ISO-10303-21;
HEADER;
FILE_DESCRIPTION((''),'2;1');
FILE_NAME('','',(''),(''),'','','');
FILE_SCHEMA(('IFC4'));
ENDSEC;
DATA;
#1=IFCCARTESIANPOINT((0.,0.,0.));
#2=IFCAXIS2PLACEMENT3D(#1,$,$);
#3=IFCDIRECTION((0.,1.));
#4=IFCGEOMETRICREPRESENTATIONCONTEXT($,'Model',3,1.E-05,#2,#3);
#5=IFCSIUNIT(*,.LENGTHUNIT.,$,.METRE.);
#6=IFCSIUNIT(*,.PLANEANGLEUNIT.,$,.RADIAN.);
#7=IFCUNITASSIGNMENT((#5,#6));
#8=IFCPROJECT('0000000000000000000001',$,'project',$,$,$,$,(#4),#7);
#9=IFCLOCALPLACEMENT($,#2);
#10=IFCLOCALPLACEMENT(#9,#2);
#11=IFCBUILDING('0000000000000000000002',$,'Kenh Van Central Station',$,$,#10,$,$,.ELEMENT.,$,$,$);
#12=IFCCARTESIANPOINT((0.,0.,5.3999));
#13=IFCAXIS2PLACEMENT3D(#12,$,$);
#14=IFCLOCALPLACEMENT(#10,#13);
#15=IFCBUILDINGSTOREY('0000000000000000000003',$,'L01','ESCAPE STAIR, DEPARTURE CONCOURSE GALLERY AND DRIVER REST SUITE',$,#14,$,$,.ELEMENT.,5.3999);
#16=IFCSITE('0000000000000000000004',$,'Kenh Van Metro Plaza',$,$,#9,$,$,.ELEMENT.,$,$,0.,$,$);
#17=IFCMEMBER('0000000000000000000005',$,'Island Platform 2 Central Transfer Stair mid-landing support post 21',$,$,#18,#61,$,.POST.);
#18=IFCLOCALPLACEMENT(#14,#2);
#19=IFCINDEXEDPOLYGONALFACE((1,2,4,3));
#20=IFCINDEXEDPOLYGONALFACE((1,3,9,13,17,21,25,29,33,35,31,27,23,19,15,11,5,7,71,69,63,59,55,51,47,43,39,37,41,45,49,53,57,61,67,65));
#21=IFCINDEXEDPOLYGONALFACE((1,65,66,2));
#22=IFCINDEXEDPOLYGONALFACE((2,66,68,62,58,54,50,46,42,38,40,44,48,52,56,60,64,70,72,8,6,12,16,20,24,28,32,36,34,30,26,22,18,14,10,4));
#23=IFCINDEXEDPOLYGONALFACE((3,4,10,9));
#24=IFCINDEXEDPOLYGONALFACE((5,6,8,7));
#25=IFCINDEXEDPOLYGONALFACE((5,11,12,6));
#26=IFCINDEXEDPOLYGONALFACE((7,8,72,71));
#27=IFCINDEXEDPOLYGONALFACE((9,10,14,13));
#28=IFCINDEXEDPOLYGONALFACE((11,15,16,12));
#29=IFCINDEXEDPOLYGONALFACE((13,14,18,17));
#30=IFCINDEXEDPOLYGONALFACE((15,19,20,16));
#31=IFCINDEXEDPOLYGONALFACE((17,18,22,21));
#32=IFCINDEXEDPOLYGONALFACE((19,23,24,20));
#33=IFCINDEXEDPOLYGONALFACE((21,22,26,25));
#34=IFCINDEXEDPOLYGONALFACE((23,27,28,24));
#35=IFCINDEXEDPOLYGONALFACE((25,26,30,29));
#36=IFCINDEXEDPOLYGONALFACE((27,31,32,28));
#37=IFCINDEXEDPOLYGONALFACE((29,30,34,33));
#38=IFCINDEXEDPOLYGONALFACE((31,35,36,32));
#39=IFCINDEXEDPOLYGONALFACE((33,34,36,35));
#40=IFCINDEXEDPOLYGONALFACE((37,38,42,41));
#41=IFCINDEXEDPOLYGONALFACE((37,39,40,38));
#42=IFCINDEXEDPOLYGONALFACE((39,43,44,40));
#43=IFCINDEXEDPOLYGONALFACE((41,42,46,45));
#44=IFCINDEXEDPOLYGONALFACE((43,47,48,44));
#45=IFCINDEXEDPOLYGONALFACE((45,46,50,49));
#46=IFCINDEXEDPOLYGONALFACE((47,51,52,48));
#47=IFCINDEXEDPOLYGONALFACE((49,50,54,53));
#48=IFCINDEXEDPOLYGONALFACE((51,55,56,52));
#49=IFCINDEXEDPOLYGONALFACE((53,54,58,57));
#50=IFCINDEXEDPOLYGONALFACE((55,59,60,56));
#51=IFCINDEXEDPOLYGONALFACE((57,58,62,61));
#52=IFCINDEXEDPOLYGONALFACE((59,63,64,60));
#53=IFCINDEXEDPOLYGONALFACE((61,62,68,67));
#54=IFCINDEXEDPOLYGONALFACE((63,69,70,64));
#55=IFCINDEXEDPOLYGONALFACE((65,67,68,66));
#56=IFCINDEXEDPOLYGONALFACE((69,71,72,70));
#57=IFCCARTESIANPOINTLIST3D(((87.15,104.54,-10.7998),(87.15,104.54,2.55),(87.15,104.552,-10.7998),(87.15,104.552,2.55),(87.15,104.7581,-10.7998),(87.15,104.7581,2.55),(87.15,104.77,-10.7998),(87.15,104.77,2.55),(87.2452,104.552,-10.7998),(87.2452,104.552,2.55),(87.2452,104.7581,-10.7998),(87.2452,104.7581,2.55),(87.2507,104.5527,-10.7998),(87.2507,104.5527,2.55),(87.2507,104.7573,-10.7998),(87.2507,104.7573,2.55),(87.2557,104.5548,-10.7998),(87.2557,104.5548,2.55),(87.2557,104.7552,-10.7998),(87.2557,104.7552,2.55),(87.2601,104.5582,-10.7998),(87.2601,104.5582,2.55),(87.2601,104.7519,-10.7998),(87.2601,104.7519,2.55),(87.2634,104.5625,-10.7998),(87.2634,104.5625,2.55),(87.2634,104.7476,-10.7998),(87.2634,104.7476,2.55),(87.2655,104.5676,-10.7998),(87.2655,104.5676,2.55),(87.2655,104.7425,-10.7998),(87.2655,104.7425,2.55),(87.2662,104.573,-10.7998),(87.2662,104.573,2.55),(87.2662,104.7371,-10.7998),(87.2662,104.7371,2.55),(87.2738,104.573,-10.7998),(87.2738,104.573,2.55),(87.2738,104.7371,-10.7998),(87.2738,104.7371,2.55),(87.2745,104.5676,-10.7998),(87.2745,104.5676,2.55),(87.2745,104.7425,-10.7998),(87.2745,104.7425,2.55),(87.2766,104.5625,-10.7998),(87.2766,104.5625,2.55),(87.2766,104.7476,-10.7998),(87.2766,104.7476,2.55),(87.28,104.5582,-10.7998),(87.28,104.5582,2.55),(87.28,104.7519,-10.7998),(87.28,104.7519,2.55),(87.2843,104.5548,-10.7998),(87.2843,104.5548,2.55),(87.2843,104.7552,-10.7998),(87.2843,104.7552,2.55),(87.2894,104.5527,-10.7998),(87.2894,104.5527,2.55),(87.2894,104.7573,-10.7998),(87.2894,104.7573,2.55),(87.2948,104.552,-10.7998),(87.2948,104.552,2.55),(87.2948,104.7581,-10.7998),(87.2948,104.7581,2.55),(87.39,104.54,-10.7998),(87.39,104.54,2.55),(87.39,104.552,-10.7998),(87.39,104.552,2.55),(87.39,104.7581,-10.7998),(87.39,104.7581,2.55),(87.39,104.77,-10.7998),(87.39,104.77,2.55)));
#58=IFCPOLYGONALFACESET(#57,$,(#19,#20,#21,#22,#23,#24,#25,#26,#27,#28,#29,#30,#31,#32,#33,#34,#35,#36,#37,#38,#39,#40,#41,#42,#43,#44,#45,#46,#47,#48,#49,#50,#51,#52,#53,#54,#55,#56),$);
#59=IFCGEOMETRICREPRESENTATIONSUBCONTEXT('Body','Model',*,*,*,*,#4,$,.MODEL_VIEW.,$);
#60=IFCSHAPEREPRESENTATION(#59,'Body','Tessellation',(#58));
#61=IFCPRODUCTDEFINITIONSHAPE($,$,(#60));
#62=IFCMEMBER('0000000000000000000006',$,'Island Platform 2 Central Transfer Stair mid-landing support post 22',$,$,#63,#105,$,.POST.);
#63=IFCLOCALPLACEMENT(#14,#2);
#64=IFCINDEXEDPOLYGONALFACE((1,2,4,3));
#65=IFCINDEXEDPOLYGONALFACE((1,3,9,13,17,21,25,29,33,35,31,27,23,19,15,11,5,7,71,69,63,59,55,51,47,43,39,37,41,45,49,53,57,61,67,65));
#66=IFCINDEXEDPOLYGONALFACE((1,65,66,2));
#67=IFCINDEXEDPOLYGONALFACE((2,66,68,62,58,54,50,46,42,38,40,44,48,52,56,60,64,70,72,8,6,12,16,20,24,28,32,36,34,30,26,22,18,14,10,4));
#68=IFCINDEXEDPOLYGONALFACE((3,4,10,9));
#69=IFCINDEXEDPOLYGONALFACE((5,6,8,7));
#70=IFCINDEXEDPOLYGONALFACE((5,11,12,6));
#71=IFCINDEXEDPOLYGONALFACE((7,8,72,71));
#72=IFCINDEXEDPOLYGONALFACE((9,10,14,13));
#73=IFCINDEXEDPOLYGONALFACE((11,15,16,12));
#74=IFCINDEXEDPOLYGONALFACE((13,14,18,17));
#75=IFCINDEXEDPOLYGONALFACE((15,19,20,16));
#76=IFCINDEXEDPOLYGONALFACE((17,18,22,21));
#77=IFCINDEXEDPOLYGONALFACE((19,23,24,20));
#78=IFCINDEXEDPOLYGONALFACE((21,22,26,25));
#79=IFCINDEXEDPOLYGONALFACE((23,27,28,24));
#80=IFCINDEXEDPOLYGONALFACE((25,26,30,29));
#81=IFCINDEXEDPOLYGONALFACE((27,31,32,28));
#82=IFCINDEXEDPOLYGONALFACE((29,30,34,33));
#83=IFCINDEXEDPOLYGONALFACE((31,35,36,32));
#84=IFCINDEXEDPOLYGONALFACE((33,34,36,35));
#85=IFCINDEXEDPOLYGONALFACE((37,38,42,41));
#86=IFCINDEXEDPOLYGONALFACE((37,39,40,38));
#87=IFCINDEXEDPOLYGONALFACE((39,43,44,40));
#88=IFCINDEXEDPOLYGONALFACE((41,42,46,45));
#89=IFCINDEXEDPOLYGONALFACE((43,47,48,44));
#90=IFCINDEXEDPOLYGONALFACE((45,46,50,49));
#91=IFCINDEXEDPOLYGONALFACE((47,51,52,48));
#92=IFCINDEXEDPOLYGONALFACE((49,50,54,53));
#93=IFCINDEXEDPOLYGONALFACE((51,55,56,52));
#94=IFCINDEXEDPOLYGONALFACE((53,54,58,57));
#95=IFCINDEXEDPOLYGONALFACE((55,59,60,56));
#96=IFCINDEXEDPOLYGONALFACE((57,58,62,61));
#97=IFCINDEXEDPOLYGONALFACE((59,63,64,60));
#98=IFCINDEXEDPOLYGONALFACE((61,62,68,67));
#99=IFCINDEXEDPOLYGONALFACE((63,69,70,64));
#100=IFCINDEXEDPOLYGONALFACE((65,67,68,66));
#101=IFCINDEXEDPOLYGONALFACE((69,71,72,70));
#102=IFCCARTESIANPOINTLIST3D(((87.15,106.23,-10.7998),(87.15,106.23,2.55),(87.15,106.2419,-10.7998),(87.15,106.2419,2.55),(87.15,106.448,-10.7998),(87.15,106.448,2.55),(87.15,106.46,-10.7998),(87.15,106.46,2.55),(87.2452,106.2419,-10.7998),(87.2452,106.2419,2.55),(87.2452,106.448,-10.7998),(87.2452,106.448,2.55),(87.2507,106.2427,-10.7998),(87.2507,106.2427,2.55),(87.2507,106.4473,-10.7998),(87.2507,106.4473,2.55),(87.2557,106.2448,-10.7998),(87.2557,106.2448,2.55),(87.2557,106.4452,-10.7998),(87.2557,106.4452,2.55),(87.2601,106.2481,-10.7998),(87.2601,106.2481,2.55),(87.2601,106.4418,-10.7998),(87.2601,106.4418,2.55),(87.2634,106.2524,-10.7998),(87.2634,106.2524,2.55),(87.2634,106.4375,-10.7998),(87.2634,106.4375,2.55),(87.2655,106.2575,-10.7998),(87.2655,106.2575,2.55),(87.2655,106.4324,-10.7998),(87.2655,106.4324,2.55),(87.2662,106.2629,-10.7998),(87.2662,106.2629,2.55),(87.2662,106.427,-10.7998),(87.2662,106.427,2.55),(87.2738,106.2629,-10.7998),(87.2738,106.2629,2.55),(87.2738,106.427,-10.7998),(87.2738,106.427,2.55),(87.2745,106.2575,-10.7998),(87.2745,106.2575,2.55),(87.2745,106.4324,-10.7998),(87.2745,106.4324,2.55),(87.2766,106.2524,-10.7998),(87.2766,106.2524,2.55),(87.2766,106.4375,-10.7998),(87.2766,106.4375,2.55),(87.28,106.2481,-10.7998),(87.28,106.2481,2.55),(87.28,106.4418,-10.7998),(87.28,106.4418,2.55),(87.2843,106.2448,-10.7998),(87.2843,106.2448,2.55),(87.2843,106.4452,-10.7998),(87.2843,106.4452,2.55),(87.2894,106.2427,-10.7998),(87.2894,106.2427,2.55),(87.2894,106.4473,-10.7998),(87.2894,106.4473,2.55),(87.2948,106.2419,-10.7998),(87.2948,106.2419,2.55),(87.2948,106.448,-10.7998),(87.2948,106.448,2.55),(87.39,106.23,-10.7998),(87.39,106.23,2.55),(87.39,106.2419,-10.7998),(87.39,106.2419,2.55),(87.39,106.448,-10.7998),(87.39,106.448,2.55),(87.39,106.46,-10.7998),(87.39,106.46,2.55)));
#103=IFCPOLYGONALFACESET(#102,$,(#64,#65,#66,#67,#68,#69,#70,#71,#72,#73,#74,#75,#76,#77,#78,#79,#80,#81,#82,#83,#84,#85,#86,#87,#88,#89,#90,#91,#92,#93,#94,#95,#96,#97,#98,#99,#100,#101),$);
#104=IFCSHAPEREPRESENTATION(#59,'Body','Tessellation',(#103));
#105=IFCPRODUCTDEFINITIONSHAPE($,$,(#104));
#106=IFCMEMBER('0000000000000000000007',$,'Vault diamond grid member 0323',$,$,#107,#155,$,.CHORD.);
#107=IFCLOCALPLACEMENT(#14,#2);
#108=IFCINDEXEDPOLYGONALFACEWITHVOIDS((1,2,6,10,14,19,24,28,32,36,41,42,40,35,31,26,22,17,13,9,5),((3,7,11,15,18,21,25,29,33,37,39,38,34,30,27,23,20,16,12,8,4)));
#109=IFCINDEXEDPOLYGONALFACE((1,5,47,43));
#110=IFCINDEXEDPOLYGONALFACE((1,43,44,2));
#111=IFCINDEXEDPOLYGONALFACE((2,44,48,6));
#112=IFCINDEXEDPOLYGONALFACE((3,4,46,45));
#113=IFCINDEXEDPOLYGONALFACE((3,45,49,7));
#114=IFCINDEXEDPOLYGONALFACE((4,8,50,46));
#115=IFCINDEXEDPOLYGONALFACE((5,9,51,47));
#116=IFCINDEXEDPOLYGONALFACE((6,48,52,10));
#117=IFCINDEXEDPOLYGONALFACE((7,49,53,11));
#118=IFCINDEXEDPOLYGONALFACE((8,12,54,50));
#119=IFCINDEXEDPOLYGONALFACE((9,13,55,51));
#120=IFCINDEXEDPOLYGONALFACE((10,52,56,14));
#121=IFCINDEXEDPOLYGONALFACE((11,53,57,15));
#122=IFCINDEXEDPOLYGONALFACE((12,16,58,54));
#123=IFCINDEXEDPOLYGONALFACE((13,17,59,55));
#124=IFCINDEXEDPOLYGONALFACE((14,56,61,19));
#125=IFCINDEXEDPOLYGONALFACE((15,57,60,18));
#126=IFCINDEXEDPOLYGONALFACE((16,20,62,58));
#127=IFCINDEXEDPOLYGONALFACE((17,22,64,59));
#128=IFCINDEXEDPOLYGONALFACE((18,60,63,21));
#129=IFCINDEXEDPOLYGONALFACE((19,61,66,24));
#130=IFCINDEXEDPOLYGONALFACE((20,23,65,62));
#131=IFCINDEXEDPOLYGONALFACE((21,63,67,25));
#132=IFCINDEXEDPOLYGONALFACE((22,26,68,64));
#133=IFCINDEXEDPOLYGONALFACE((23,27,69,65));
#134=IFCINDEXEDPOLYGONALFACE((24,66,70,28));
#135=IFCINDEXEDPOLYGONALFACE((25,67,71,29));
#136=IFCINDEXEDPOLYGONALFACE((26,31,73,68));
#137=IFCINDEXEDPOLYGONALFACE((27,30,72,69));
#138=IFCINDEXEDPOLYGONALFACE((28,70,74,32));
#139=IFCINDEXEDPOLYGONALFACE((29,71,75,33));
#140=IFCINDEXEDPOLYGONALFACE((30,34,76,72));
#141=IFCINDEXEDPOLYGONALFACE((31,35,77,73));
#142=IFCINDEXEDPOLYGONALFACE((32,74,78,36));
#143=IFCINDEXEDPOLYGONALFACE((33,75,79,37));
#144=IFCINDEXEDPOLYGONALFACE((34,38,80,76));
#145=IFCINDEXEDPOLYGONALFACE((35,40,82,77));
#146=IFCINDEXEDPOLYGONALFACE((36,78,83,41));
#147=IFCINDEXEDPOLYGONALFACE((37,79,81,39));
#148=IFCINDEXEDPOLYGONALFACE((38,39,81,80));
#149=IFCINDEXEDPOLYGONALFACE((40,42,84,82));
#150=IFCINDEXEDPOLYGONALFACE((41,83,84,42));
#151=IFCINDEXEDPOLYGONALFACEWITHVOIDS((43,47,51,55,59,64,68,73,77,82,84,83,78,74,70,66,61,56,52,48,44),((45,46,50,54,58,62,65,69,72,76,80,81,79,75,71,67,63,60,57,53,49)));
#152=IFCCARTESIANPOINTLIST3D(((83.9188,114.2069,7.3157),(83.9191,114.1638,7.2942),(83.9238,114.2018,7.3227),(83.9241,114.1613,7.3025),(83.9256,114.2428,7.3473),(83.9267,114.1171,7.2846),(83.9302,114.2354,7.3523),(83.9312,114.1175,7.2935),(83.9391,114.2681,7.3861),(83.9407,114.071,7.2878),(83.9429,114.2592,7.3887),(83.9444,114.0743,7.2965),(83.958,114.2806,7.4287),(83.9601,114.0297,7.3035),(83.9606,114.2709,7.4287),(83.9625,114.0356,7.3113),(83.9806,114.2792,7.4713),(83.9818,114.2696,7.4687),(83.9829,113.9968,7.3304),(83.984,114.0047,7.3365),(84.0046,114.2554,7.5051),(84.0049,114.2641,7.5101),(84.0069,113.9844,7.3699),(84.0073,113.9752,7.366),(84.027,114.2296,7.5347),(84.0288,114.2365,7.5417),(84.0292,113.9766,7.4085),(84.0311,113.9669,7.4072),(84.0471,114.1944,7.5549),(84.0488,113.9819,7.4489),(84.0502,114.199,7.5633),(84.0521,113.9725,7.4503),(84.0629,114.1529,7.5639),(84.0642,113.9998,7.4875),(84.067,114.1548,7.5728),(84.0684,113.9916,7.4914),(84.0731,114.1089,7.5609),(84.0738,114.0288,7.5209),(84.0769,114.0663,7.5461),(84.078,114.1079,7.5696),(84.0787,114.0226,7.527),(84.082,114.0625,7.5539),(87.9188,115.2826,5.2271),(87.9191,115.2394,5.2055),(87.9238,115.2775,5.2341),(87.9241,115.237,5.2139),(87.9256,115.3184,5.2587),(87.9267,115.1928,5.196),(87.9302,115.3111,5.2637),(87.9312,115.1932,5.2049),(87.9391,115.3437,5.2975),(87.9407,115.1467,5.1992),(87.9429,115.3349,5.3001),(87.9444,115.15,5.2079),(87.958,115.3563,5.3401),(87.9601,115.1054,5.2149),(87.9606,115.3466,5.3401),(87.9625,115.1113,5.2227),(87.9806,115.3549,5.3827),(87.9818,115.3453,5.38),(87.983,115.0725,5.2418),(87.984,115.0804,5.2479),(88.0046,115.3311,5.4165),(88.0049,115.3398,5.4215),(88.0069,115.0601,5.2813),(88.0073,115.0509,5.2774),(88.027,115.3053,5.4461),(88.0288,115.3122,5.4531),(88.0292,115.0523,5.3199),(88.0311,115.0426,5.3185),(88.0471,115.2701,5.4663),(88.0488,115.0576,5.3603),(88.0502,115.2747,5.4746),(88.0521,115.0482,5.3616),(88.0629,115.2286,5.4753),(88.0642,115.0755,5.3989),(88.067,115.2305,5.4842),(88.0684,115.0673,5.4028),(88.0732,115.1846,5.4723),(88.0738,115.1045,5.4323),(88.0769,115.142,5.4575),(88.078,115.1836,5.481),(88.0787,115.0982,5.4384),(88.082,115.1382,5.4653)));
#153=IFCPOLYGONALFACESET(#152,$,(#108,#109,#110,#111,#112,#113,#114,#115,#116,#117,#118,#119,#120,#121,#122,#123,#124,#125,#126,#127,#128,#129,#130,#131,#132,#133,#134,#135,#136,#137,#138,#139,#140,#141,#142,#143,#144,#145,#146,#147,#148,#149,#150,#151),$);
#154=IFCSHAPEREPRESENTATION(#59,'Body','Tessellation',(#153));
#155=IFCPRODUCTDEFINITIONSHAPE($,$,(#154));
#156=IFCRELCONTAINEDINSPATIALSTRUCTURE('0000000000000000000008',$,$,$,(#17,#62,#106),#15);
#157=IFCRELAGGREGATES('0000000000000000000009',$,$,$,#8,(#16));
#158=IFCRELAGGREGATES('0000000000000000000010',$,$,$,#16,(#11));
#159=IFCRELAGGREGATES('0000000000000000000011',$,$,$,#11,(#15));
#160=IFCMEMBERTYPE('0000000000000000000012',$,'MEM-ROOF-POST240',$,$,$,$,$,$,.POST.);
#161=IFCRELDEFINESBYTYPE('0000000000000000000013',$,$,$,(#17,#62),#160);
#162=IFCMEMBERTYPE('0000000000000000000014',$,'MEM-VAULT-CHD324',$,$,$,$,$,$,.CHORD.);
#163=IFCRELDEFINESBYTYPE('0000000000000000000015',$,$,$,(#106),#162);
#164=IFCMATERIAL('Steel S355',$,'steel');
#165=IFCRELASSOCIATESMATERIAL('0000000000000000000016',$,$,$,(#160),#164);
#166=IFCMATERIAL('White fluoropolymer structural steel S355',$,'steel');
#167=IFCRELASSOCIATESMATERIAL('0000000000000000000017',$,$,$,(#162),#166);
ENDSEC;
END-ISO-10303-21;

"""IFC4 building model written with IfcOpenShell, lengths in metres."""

from ifc_helpers import new_model, si_unit, direction, frame, origin, origin_2d, place, context, subcontext, project, spatial, hollow_circle, i_section, extrude, material, material_profile, profile_set, type_object, element, save


model = new_model("IFC4")

# Units and contexts
model_context = context("Model", 3, precision=1e-05, world=origin(), true_north=direction((0.0, 1.0)))
body_context = subcontext(model_context, "Body", "Model", "MODEL_VIEW")
ifc_project = project(units=[si_unit("LENGTHUNIT", "METRE"), si_unit("PLANEANGLEUNIT", "RADIAN")], contexts=[model_context])

# Site, building, storey
site_placement = place(None, origin())
site = spatial("IfcSite", under=ifc_project, at=site_placement, Name="Kenh Van Metro Plaza", CompositionType="ELEMENT", RefElevation=0.0)
building_placement = place(site_placement, origin())
building = spatial("IfcBuilding", under=site, at=building_placement, Name="Kenh Van Central Station", CompositionType="ELEMENT")
storey_placement = place(building_placement, frame((0.0, 0.0, 5.3999)))
storey = spatial("IfcBuildingStorey", under=building, at=storey_placement, Name="L01", Description="ESCAPE STAIR, DEPARTURE CONCOURSE GALLERY AND DRIVER REST SUITE", CompositionType="ELEMENT", Elevation=5.3999)

# Shared definitions
ifc_material_1 = material(Name="White fluoropolymer structural steel S355", Category="steel")

# Members
ifc_material_2 = material(Name="Steel S355", Category="steel")
ifc_material_profile_1 = material_profile(ifc_material_2, i_section(OverallWidth=0.24, OverallDepth=0.23, WebThickness=0.0076, FlangeThickness=0.012, FilletRadius=0.021, at=origin_2d()), Name="HEA 240")
ifc_profile_set_1 = profile_set([ifc_material_profile_1], Name="Steel S355")
member_type_1 = type_object("IfcMemberType", Name="MEM-ROOF-POST240", PredefinedType="POST", material=ifc_profile_set_1)
for number, where, z_axis, x_axis, name in (
    (1, (87.27, 104.655, -10.7998), (0.0, 0.0, 1.0), (1.0, 0.0, 0.0), "Island Platform 2 Central Transfer Stair mid-landing support post 21"),
    (2, (87.27, 106.345, -10.7998), (0.0, 0.0, 1.0), (1.0, 0.0, 0.0), "Island Platform 2 Central Transfer Stair mid-landing support post 22"),
):
    element("IfcMember", number, at=place(storey_placement, frame(where, z_axis=z_axis, x_axis=x_axis)), inside=storey, type_object=member_type_1, Name=name, PredefinedType="POST", context=body_context, shape_type="SweptSolid", body=[
        extrude(i_section(OverallWidth=0.24, OverallDepth=0.23, WebThickness=0.0076, FlangeThickness=0.012, FilletRadius=0.021, at=origin_2d()), origin(), (0.0, 0.0, 1.0), 13.3499),
    ])
ifc_material_profile_2 = material_profile(ifc_material_1, hollow_circle(Radius=0.1619, WallThickness=0.01, at=origin_2d()), Name="CHS 323.9x10")
ifc_profile_set_2 = profile_set([ifc_material_profile_2], Name="White fluoropolymer structural steel S355")
member_type_2 = type_object("IfcMemberType", Name="MEM-VAULT-CHD324", PredefinedType="CHORD", material=ifc_profile_set_2)
member_1_placement = place(storey_placement, frame((84.0, 114.1243, 7.4287), z_axis=(0.862272, 0.231883, -0.450241), x_axis=(-0.259694, 0.965691, 0.0)))
element("IfcMember", 3, at=member_1_placement, inside=storey, type_object=member_type_2, Name="Vault diamond grid member 0323", PredefinedType="CHORD", context=body_context, shape_type="SweptSolid", body=[
    extrude(hollow_circle(Radius=0.1619, WallThickness=0.01, at=origin_2d()), origin(), (0.0, 0.0, 1.0), 4.6389),
])

save(model, "model.ifc")
